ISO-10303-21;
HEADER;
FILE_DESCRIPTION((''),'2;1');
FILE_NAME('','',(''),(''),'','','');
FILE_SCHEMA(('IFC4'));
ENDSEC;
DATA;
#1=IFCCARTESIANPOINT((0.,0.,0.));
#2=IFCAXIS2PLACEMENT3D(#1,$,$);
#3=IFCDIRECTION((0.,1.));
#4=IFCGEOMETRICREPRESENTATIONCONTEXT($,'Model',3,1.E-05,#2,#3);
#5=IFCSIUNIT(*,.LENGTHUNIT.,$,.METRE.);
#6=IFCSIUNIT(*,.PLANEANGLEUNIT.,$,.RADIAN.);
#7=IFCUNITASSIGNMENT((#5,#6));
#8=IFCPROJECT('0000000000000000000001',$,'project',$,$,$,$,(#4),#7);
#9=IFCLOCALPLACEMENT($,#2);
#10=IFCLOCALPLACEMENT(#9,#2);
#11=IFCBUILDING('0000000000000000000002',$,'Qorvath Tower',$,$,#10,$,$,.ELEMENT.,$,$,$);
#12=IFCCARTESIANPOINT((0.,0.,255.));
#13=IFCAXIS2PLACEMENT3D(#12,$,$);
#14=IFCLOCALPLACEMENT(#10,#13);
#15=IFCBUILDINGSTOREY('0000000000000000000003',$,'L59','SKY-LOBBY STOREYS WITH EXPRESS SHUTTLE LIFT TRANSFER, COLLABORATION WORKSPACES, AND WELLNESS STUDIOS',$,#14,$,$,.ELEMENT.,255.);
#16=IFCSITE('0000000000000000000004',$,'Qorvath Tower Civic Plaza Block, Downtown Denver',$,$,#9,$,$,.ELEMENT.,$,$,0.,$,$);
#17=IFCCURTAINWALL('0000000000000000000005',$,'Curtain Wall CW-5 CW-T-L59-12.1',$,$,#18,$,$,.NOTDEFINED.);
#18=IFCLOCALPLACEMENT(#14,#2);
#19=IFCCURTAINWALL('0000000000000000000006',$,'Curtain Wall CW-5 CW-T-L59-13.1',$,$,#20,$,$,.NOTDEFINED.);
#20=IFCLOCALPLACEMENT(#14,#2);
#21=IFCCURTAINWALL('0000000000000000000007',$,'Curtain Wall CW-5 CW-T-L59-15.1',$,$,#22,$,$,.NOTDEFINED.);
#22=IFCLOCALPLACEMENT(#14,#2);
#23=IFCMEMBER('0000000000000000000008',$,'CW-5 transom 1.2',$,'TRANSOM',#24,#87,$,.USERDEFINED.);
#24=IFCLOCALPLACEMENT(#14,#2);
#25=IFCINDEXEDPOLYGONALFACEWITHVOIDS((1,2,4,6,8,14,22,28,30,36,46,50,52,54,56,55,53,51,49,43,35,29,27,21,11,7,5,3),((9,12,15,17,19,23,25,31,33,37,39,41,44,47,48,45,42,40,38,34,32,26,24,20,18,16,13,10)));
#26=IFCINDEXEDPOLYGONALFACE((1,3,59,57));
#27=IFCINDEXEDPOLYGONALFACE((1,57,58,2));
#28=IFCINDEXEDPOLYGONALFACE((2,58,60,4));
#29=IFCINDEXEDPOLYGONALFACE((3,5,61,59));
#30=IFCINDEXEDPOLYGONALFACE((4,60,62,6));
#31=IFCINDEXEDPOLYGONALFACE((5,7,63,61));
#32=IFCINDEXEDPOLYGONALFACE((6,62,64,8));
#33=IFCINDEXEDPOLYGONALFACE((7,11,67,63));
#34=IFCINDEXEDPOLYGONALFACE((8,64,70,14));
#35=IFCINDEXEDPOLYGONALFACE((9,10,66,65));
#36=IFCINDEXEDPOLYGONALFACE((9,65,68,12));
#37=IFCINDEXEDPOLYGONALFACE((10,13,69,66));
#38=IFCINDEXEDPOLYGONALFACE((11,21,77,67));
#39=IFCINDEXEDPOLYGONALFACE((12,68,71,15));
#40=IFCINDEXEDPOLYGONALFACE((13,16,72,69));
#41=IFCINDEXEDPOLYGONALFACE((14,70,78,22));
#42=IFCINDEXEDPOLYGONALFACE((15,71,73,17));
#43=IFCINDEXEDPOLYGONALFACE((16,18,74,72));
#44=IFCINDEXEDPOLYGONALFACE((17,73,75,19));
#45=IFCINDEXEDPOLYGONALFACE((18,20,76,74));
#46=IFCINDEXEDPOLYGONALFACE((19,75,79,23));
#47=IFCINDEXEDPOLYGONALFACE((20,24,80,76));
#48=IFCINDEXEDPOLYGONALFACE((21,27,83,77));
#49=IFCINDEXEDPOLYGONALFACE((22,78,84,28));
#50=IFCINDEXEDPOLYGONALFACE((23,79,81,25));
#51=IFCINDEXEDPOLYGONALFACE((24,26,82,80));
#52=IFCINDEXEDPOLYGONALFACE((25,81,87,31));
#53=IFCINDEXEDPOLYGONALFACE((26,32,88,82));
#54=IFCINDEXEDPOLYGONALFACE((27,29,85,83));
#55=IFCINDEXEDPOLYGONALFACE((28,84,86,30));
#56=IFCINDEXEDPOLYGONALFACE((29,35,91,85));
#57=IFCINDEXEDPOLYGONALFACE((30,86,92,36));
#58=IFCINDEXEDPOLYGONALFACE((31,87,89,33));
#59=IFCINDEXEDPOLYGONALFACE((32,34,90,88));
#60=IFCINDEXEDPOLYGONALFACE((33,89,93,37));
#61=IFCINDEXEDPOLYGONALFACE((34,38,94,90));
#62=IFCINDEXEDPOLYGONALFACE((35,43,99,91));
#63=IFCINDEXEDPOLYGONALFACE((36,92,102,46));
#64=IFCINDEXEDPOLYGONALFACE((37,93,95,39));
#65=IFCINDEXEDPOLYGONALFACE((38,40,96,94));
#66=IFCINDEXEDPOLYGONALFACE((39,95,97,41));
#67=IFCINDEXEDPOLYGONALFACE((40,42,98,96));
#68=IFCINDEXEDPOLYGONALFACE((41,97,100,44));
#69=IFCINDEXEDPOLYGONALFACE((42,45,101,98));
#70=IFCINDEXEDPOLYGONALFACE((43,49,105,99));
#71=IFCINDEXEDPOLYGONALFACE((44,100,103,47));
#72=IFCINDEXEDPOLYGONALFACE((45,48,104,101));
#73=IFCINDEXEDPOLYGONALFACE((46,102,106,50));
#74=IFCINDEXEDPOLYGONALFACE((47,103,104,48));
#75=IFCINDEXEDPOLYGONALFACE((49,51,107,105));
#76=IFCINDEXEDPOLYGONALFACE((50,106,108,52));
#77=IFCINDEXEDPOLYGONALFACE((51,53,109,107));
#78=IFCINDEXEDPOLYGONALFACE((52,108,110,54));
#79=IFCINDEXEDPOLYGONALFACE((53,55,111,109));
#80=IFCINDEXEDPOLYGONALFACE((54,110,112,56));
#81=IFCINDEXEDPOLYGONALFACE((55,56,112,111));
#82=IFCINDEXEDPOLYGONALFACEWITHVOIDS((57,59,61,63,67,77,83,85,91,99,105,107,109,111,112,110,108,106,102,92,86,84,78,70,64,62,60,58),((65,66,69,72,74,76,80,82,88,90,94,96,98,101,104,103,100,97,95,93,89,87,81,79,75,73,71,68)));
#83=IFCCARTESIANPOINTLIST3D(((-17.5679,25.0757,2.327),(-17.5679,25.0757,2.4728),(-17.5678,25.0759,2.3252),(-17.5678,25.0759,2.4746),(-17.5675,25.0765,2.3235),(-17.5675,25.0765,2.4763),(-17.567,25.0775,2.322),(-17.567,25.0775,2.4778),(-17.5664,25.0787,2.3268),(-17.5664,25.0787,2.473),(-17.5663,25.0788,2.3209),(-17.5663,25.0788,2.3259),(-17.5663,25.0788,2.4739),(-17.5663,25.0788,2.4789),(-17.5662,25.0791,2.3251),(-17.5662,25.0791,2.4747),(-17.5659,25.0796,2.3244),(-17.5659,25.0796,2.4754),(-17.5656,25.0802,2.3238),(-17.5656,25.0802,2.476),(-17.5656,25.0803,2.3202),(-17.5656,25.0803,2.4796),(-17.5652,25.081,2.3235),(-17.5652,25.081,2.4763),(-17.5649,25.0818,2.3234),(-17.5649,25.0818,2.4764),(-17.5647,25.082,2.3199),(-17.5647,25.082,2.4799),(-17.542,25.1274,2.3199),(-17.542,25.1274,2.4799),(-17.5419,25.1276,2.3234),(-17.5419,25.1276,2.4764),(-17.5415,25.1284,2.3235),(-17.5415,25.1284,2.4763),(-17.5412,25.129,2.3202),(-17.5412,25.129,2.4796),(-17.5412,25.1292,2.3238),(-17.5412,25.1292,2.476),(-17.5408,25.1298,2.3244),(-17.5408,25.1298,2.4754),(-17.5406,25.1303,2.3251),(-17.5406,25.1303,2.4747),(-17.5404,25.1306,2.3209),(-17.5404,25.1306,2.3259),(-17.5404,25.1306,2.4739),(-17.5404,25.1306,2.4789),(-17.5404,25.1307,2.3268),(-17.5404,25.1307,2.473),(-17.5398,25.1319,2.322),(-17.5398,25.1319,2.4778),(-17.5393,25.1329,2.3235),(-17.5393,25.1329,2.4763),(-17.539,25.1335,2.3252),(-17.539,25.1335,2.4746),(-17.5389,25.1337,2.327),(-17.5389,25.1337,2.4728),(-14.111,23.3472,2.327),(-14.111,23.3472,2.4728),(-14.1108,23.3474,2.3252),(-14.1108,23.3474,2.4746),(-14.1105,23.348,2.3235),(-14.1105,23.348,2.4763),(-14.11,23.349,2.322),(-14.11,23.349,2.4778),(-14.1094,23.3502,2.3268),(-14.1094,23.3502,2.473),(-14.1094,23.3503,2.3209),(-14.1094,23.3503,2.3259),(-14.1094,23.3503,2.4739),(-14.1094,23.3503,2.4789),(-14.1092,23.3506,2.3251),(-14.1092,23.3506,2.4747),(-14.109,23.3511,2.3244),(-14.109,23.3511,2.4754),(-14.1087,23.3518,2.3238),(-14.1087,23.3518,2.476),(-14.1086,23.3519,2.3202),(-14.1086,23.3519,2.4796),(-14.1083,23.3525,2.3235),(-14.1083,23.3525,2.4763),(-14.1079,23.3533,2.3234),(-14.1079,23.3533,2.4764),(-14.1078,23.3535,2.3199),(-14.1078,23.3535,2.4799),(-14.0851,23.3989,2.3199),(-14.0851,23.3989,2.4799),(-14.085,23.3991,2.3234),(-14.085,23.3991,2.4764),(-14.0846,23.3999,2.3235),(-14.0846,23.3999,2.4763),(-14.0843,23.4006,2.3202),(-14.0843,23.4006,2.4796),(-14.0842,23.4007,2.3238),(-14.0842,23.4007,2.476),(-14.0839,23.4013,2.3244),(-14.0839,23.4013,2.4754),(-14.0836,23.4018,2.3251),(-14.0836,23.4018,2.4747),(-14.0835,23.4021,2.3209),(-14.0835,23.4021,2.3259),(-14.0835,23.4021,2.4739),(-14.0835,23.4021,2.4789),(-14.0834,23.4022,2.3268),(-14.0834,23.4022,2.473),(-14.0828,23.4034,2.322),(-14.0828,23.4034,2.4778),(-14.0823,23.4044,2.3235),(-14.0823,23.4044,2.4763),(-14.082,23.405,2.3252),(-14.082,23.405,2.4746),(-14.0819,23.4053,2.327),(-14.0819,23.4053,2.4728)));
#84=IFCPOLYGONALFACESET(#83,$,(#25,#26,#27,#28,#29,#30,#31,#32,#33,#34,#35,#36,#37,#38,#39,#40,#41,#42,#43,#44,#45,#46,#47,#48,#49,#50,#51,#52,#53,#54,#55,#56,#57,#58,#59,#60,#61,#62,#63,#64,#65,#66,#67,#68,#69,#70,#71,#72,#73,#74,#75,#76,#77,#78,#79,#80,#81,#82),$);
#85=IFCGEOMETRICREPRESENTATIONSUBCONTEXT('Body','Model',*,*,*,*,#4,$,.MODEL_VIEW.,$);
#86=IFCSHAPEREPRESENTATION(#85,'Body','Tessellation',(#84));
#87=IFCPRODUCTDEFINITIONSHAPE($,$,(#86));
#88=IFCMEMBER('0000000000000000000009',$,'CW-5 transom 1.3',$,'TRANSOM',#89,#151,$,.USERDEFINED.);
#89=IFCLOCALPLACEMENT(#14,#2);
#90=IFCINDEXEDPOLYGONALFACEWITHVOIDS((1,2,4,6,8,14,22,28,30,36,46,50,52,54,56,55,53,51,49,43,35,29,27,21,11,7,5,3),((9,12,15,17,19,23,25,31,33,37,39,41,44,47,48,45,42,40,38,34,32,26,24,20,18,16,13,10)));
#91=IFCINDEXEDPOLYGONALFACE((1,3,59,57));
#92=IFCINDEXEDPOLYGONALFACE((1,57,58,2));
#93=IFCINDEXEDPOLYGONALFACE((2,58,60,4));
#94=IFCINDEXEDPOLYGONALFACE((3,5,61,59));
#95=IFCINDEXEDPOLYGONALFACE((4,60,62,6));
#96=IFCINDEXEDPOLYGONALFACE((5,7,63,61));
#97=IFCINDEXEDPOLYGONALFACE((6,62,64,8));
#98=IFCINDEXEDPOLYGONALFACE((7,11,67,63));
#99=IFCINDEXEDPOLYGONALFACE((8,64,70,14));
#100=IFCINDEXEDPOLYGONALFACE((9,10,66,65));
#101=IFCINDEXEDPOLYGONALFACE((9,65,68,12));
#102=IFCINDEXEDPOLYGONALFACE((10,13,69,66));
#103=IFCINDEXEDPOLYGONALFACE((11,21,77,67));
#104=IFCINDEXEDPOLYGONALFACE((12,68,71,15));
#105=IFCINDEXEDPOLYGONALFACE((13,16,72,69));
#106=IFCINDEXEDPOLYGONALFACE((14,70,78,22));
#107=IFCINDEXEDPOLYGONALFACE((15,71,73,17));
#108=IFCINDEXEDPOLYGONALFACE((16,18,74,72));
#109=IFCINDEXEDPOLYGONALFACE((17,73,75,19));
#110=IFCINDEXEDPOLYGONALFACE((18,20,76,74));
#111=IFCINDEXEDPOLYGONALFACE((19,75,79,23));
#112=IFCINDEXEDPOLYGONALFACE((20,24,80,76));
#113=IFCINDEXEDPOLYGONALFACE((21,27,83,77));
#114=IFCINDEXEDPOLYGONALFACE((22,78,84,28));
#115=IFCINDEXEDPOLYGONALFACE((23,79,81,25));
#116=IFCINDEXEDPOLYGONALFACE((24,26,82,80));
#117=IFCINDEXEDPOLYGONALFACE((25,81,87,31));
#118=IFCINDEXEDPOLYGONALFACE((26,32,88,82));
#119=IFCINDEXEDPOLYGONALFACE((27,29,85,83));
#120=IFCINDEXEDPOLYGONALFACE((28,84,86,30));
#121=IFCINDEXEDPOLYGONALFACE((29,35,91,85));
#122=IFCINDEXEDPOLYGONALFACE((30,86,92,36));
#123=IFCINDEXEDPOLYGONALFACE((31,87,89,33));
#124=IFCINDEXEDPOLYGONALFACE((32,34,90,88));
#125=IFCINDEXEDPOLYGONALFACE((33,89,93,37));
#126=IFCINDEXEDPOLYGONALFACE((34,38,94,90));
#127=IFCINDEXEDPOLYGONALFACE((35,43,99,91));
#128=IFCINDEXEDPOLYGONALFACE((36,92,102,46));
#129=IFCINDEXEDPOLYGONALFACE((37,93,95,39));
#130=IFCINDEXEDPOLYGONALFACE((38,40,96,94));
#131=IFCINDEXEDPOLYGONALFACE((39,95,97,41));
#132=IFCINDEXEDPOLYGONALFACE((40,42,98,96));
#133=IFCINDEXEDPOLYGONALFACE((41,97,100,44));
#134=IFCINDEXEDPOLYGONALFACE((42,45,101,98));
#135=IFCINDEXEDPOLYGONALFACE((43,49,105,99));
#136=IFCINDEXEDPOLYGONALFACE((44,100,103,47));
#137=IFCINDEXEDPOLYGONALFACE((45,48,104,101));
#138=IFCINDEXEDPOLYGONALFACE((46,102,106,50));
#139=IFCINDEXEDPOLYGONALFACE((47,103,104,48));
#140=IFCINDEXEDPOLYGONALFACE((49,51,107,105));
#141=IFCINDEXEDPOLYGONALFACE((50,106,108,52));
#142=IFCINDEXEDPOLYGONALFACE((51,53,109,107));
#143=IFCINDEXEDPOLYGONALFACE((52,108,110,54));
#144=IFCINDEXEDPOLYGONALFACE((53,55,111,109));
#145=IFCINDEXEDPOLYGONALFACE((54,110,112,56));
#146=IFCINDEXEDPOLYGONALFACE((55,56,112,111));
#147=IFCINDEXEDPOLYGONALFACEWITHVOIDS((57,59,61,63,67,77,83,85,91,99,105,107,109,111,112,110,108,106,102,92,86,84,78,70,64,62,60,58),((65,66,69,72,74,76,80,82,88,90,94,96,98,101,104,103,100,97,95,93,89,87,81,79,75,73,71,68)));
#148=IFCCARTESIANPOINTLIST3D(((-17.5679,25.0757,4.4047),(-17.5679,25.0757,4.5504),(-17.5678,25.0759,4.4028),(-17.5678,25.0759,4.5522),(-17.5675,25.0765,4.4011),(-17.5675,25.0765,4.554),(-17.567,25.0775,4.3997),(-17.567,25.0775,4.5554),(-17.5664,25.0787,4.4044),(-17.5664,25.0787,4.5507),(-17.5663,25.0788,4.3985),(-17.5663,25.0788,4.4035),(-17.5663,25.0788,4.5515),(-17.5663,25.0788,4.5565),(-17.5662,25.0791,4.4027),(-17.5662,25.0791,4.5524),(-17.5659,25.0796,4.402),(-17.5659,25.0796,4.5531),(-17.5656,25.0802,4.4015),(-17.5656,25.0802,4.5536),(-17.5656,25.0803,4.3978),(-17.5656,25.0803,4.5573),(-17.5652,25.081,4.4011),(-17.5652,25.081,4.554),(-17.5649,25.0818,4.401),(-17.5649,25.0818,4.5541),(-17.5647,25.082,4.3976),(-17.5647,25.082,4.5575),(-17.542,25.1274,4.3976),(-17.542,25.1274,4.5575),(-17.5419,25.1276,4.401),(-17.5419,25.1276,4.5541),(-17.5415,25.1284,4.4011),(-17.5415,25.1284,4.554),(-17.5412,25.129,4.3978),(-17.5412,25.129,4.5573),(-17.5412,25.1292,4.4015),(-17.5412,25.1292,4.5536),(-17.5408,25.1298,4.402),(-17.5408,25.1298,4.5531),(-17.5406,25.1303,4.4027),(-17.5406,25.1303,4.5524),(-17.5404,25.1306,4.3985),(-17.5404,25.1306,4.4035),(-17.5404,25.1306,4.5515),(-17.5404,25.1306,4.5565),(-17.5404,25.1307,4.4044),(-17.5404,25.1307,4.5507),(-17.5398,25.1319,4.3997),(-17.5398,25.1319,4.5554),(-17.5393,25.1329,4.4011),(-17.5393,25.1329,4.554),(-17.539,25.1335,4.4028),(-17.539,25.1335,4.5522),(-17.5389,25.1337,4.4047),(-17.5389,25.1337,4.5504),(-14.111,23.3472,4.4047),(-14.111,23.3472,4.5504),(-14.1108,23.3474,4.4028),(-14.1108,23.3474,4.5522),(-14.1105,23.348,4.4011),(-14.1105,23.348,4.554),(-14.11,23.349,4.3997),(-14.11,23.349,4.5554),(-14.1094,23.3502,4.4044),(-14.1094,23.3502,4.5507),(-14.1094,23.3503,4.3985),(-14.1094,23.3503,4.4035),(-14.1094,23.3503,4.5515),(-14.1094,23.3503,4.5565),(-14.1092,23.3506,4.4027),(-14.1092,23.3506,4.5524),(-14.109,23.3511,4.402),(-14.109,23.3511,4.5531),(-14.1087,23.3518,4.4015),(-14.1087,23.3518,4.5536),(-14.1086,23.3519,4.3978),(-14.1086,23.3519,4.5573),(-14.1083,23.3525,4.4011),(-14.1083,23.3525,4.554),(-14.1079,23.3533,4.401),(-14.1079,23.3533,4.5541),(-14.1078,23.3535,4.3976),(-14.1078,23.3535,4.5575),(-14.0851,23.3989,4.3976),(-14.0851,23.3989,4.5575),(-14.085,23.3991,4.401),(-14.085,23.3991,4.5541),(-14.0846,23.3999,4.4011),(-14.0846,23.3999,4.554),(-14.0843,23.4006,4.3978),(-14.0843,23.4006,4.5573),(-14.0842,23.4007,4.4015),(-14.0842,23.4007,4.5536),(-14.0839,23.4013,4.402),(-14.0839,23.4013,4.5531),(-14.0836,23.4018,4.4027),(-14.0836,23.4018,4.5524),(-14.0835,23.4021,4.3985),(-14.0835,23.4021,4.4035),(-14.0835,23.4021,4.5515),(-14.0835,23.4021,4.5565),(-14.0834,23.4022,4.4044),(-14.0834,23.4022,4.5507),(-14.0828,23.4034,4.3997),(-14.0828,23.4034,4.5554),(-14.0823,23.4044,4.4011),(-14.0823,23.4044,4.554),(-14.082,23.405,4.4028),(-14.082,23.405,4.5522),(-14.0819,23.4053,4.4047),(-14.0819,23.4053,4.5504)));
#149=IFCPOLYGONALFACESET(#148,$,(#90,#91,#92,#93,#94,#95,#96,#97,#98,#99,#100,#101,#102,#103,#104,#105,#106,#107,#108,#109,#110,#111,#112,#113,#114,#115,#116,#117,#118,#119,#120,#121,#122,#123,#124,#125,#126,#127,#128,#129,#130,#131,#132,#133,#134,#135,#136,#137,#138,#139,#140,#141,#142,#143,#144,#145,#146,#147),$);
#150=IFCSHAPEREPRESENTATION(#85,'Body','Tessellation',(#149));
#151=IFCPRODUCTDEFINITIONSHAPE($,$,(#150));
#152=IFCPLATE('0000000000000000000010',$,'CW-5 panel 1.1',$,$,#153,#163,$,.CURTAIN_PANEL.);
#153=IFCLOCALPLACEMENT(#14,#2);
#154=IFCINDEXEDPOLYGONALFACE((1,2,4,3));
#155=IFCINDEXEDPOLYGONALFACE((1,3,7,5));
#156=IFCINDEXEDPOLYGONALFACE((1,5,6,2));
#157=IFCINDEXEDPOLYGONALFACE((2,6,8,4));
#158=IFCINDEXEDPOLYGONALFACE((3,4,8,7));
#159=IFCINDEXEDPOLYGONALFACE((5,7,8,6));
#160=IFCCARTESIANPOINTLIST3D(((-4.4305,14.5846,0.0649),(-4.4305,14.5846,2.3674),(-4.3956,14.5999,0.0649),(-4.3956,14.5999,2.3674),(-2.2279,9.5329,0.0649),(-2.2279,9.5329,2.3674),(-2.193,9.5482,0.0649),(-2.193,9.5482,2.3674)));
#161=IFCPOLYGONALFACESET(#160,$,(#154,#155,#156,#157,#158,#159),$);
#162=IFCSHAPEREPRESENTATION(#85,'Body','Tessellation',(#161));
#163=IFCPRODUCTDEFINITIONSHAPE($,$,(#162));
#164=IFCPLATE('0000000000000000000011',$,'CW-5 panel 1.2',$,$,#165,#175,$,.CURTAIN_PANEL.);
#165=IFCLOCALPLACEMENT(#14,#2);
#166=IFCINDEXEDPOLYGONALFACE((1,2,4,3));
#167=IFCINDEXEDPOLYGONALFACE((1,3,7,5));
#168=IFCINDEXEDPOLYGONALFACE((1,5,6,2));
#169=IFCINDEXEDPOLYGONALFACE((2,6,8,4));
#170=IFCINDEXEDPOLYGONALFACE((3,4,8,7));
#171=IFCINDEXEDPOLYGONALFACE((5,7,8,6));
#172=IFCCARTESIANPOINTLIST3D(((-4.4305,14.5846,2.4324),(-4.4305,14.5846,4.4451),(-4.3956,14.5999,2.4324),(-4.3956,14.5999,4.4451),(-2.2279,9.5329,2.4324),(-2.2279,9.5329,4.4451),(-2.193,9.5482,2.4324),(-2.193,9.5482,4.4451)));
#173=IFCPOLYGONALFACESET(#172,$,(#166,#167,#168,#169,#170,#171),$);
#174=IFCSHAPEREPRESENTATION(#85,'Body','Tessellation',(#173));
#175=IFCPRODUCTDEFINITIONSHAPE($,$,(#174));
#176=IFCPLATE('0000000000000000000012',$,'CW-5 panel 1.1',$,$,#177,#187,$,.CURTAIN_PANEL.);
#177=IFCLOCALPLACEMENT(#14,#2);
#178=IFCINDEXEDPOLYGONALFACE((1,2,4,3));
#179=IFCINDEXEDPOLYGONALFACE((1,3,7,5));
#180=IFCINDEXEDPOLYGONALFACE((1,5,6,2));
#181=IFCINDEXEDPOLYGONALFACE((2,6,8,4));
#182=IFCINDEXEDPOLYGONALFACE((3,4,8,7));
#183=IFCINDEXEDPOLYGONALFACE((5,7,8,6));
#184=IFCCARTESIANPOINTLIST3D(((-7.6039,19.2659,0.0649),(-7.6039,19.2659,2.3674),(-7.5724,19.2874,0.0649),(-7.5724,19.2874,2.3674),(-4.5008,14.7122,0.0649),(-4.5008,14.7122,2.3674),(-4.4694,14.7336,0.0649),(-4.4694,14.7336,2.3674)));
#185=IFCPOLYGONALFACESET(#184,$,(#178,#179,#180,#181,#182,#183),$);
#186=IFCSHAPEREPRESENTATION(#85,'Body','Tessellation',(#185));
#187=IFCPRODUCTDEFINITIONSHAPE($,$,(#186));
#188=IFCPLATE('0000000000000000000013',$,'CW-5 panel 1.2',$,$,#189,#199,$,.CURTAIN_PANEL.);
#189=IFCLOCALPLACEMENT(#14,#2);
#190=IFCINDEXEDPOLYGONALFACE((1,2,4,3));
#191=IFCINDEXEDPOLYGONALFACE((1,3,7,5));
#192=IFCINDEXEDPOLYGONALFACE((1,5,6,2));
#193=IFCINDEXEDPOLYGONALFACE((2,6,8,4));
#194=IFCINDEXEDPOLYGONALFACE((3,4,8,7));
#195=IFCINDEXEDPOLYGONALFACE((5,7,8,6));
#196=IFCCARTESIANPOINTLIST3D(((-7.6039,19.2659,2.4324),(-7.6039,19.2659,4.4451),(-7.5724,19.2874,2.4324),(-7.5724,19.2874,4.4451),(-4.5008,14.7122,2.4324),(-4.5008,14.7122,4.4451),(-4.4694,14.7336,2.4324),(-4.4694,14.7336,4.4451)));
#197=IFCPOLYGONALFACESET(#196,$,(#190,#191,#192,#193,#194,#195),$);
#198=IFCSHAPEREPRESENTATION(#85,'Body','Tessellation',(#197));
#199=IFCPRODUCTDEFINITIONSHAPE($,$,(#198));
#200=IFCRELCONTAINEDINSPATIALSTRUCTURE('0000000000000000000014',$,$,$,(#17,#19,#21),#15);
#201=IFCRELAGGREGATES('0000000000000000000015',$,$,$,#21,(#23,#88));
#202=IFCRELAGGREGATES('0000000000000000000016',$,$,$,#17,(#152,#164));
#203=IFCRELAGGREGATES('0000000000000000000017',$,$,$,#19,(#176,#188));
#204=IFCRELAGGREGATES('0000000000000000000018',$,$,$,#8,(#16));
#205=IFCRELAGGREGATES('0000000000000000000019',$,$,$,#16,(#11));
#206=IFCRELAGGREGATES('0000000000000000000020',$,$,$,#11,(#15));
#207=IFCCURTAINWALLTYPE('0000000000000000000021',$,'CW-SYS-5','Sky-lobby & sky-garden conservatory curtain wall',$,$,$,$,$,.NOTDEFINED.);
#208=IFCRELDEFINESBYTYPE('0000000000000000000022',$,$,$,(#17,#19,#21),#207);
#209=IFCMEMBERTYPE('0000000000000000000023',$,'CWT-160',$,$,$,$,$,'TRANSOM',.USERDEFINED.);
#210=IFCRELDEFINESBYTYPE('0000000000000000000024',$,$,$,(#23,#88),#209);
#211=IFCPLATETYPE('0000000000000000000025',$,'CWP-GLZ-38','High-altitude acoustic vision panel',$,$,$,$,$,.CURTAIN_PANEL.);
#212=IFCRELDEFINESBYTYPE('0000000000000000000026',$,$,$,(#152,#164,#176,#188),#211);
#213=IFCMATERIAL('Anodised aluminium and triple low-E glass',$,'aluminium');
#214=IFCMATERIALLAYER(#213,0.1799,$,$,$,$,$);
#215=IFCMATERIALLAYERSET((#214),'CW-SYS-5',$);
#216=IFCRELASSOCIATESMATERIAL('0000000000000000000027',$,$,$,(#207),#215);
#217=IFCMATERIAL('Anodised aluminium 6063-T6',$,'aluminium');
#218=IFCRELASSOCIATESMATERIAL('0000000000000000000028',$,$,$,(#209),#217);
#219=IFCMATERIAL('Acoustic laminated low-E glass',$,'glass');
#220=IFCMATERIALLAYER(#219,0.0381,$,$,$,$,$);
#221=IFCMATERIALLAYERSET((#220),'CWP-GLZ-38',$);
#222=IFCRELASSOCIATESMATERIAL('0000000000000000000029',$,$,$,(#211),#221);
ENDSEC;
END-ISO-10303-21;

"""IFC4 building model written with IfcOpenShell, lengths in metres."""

from ifc_helpers import new_model, si_unit, direction, frame, origin, origin_2d, place, context, subcontext, project, spatial, rectangle, hollow_rectangle, extrude, material, layer, layer_set, material_profile, profile_set, type_object, element, aggregate, save


model = new_model("IFC4")

# Units and contexts
model_context = context("Model", 3, precision=1e-05, world=origin(), true_north=direction((0.0, 1.0)))
body_context = subcontext(model_context, "Body", "Model", "MODEL_VIEW")
ifc_project = project(units=[si_unit("LENGTHUNIT", "METRE"), si_unit("PLANEANGLEUNIT", "RADIAN")], contexts=[model_context])

# Site, building, storey
site_placement = place(None, origin())
site = spatial("IfcSite", under=ifc_project, at=site_placement, Name="Qorvath Tower Civic Plaza Block, Downtown Denver", CompositionType="ELEMENT", RefElevation=0.0)
building_placement = place(site_placement, origin())
building = spatial("IfcBuilding", under=site, at=building_placement, Name="Qorvath Tower", CompositionType="ELEMENT")
storey_placement = place(building_placement, frame((0.0, 0.0, 255.0)))
storey = spatial("IfcBuildingStorey", under=building, at=storey_placement, Name="L59", Description="SKY-LOBBY STOREYS WITH EXPRESS SHUTTLE LIFT TRANSFER, COLLABORATION WORKSPACES, AND WELLNESS STUDIOS", CompositionType="ELEMENT", Elevation=255.0)

# Shared definitions
ifc_material_1 = material(Name="Anodised aluminium and triple low-E glass", Category="aluminium")
ifc_layer_1 = layer(ifc_material_1, 0.1799)
ifc_layer_set_1 = layer_set([ifc_layer_1], Name="CW-SYS-5")
curtain_wall_type = type_object("IfcCurtainWallType", Name="CW-SYS-5", Description="Sky-lobby & sky-garden conservatory curtain wall", PredefinedType="NOTDEFINED", material=ifc_layer_set_1)

# Curtain walls
curtain_wall_1_placement = place(storey_placement, origin())
curtain_wall_1 = element("IfcCurtainWall", 1, at=curtain_wall_1_placement, inside=storey, type_object=curtain_wall_type, Name="Curtain Wall CW-5 CW-T-L59-12.1", PredefinedType="NOTDEFINED")
curtain_wall_2_placement = place(storey_placement, origin())
curtain_wall_2 = element("IfcCurtainWall", 2, at=curtain_wall_2_placement, inside=storey, type_object=curtain_wall_type, Name="Curtain Wall CW-5 CW-T-L59-13.1", PredefinedType="NOTDEFINED")

# Curtain wall
curtain_wall_3_placement = place(storey_placement, origin())
curtain_wall_3 = element("IfcCurtainWall", 3, at=curtain_wall_3_placement, inside=storey, type_object=curtain_wall_type, Name="Curtain Wall CW-5 CW-T-L59-15.1", PredefinedType="NOTDEFINED")

# Members
ifc_material_2 = material(Name="Anodised aluminium 6063-T6", Category="aluminium")
ifc_material_profile_1 = material_profile(ifc_material_2, hollow_rectangle(XDim=0.0649, YDim=0.1599, WallThickness=0.0034, InnerFilletRadius=0.0034, OuterFilletRadius=0.0071, at=origin_2d()), Name="CWT 160x65")
ifc_profile_set_1 = profile_set([ifc_material_profile_1], Name="Anodised aluminium 6063-T6")
member_type_1 = type_object("IfcMemberType", Name="CWT-160", ElementType="TRANSOM", PredefinedType="USERDEFINED", material=ifc_profile_set_1)
member_1_placement = place(storey_placement, frame((-14.0964, 23.3762, 2.3999), z_axis=(-0.894427, 0.447214, 0.0), x_axis=(-0.447214, -0.894427, 0.0)))
member_1 = element("IfcMember", 4, at=member_1_placement, type_object=member_type_1, Name="CW-5 transom 1.2", ObjectType="TRANSOM", PredefinedType="USERDEFINED", context=body_context, shape_type="SweptSolid", body=[
    extrude(hollow_rectangle(XDim=0.0649, YDim=0.1599, WallThickness=0.0034, InnerFilletRadius=0.0034, OuterFilletRadius=0.0071, at=origin_2d()), origin(), (0.0, 0.0, 1.0), 3.865),
])
member_2_placement = place(storey_placement, frame((-14.0964, 23.3762, 4.4775), z_axis=(-0.894427, 0.447214, 0.0), x_axis=(-0.447214, -0.894427, 0.0)))
member_2 = element("IfcMember", 5, at=member_2_placement, type_object=member_type_1, Name="CW-5 transom 1.3", ObjectType="TRANSOM", PredefinedType="USERDEFINED", context=body_context, shape_type="SweptSolid", body=[
    extrude(hollow_rectangle(XDim=0.0649, YDim=0.1599, WallThickness=0.0034, InnerFilletRadius=0.0034, OuterFilletRadius=0.0071, at=origin_2d()), origin(), (0.0, 0.0, 1.0), 3.865),
])
aggregate(curtain_wall_3, [member_1, member_2])

# Plates
ifc_material_3 = material(Name="Acoustic laminated low-E glass", Category="glass")
ifc_layer_2 = layer(ifc_material_3, 0.0381)
ifc_layer_set_2 = layer_set([ifc_layer_2], Name="CWP-GLZ-38")
plate_type = type_object("IfcPlateType", Name="CWP-GLZ-38", Description="High-altitude acoustic vision panel", PredefinedType="CURTAIN_PANEL", material=ifc_layer_set_2)
plate_1_placement = place(storey_placement, frame((-3.3118, 12.0664, 0.0649), z_axis=(0.0, 0.0, 1.0), x_axis=(-0.399666, 0.916661, 0.0)))
plate_1 = element("IfcPlate", 6, at=plate_1_placement, type_object=plate_type, Name="CW-5 panel 1.1", PredefinedType="CURTAIN_PANEL", context=body_context, shape_type="SweptSolid", body=[
    extrude(rectangle(XDim=5.511, YDim=0.0381, at=origin_2d()), origin(), (0.0, 0.0, 1.0), 2.3025),
])
plate_2_placement = place(storey_placement, frame((-3.3118, 12.0664, 2.4324), z_axis=(0.0, 0.0, 1.0), x_axis=(-0.399666, 0.916661, 0.0)))
plate_2 = element("IfcPlate", 7, at=plate_2_placement, type_object=plate_type, Name="CW-5 panel 1.2", PredefinedType="CURTAIN_PANEL", context=body_context, shape_type="SweptSolid", body=[
    extrude(rectangle(XDim=5.511, YDim=0.0381, at=origin_2d()), origin(), (0.0, 0.0, 1.0), 2.0127),
])
aggregate(curtain_wall_1, [plate_1, plate_2])
plate_3_placement = place(storey_placement, frame((-6.0366, 16.9998, 0.0649), z_axis=(0.0, 0.0, 1.0), x_axis=(-0.563115, 0.826379, 0.0)))
plate_3 = element("IfcPlate", 8, at=plate_3_placement, type_object=plate_type, Name="CW-5 panel 1.1", PredefinedType="CURTAIN_PANEL", context=body_context, shape_type="SweptSolid", body=[
    extrude(rectangle(XDim=5.5105, YDim=0.0381, at=origin_2d()), origin(), (0.0, 0.0, 1.0), 2.3025),
])
plate_4_placement = place(storey_placement, frame((-6.0366, 16.9998, 2.4324), z_axis=(0.0, 0.0, 1.0), x_axis=(-0.563115, 0.826379, 0.0)))
plate_4 = element("IfcPlate", 9, at=plate_4_placement, type_object=plate_type, Name="CW-5 panel 1.2", PredefinedType="CURTAIN_PANEL", context=body_context, shape_type="SweptSolid", body=[
    extrude(rectangle(XDim=5.5105, YDim=0.0381, at=origin_2d()), origin(), (0.0, 0.0, 1.0), 2.0127),
])
aggregate(curtain_wall_2, [plate_3, plate_4])

save(model, "model.ifc")
